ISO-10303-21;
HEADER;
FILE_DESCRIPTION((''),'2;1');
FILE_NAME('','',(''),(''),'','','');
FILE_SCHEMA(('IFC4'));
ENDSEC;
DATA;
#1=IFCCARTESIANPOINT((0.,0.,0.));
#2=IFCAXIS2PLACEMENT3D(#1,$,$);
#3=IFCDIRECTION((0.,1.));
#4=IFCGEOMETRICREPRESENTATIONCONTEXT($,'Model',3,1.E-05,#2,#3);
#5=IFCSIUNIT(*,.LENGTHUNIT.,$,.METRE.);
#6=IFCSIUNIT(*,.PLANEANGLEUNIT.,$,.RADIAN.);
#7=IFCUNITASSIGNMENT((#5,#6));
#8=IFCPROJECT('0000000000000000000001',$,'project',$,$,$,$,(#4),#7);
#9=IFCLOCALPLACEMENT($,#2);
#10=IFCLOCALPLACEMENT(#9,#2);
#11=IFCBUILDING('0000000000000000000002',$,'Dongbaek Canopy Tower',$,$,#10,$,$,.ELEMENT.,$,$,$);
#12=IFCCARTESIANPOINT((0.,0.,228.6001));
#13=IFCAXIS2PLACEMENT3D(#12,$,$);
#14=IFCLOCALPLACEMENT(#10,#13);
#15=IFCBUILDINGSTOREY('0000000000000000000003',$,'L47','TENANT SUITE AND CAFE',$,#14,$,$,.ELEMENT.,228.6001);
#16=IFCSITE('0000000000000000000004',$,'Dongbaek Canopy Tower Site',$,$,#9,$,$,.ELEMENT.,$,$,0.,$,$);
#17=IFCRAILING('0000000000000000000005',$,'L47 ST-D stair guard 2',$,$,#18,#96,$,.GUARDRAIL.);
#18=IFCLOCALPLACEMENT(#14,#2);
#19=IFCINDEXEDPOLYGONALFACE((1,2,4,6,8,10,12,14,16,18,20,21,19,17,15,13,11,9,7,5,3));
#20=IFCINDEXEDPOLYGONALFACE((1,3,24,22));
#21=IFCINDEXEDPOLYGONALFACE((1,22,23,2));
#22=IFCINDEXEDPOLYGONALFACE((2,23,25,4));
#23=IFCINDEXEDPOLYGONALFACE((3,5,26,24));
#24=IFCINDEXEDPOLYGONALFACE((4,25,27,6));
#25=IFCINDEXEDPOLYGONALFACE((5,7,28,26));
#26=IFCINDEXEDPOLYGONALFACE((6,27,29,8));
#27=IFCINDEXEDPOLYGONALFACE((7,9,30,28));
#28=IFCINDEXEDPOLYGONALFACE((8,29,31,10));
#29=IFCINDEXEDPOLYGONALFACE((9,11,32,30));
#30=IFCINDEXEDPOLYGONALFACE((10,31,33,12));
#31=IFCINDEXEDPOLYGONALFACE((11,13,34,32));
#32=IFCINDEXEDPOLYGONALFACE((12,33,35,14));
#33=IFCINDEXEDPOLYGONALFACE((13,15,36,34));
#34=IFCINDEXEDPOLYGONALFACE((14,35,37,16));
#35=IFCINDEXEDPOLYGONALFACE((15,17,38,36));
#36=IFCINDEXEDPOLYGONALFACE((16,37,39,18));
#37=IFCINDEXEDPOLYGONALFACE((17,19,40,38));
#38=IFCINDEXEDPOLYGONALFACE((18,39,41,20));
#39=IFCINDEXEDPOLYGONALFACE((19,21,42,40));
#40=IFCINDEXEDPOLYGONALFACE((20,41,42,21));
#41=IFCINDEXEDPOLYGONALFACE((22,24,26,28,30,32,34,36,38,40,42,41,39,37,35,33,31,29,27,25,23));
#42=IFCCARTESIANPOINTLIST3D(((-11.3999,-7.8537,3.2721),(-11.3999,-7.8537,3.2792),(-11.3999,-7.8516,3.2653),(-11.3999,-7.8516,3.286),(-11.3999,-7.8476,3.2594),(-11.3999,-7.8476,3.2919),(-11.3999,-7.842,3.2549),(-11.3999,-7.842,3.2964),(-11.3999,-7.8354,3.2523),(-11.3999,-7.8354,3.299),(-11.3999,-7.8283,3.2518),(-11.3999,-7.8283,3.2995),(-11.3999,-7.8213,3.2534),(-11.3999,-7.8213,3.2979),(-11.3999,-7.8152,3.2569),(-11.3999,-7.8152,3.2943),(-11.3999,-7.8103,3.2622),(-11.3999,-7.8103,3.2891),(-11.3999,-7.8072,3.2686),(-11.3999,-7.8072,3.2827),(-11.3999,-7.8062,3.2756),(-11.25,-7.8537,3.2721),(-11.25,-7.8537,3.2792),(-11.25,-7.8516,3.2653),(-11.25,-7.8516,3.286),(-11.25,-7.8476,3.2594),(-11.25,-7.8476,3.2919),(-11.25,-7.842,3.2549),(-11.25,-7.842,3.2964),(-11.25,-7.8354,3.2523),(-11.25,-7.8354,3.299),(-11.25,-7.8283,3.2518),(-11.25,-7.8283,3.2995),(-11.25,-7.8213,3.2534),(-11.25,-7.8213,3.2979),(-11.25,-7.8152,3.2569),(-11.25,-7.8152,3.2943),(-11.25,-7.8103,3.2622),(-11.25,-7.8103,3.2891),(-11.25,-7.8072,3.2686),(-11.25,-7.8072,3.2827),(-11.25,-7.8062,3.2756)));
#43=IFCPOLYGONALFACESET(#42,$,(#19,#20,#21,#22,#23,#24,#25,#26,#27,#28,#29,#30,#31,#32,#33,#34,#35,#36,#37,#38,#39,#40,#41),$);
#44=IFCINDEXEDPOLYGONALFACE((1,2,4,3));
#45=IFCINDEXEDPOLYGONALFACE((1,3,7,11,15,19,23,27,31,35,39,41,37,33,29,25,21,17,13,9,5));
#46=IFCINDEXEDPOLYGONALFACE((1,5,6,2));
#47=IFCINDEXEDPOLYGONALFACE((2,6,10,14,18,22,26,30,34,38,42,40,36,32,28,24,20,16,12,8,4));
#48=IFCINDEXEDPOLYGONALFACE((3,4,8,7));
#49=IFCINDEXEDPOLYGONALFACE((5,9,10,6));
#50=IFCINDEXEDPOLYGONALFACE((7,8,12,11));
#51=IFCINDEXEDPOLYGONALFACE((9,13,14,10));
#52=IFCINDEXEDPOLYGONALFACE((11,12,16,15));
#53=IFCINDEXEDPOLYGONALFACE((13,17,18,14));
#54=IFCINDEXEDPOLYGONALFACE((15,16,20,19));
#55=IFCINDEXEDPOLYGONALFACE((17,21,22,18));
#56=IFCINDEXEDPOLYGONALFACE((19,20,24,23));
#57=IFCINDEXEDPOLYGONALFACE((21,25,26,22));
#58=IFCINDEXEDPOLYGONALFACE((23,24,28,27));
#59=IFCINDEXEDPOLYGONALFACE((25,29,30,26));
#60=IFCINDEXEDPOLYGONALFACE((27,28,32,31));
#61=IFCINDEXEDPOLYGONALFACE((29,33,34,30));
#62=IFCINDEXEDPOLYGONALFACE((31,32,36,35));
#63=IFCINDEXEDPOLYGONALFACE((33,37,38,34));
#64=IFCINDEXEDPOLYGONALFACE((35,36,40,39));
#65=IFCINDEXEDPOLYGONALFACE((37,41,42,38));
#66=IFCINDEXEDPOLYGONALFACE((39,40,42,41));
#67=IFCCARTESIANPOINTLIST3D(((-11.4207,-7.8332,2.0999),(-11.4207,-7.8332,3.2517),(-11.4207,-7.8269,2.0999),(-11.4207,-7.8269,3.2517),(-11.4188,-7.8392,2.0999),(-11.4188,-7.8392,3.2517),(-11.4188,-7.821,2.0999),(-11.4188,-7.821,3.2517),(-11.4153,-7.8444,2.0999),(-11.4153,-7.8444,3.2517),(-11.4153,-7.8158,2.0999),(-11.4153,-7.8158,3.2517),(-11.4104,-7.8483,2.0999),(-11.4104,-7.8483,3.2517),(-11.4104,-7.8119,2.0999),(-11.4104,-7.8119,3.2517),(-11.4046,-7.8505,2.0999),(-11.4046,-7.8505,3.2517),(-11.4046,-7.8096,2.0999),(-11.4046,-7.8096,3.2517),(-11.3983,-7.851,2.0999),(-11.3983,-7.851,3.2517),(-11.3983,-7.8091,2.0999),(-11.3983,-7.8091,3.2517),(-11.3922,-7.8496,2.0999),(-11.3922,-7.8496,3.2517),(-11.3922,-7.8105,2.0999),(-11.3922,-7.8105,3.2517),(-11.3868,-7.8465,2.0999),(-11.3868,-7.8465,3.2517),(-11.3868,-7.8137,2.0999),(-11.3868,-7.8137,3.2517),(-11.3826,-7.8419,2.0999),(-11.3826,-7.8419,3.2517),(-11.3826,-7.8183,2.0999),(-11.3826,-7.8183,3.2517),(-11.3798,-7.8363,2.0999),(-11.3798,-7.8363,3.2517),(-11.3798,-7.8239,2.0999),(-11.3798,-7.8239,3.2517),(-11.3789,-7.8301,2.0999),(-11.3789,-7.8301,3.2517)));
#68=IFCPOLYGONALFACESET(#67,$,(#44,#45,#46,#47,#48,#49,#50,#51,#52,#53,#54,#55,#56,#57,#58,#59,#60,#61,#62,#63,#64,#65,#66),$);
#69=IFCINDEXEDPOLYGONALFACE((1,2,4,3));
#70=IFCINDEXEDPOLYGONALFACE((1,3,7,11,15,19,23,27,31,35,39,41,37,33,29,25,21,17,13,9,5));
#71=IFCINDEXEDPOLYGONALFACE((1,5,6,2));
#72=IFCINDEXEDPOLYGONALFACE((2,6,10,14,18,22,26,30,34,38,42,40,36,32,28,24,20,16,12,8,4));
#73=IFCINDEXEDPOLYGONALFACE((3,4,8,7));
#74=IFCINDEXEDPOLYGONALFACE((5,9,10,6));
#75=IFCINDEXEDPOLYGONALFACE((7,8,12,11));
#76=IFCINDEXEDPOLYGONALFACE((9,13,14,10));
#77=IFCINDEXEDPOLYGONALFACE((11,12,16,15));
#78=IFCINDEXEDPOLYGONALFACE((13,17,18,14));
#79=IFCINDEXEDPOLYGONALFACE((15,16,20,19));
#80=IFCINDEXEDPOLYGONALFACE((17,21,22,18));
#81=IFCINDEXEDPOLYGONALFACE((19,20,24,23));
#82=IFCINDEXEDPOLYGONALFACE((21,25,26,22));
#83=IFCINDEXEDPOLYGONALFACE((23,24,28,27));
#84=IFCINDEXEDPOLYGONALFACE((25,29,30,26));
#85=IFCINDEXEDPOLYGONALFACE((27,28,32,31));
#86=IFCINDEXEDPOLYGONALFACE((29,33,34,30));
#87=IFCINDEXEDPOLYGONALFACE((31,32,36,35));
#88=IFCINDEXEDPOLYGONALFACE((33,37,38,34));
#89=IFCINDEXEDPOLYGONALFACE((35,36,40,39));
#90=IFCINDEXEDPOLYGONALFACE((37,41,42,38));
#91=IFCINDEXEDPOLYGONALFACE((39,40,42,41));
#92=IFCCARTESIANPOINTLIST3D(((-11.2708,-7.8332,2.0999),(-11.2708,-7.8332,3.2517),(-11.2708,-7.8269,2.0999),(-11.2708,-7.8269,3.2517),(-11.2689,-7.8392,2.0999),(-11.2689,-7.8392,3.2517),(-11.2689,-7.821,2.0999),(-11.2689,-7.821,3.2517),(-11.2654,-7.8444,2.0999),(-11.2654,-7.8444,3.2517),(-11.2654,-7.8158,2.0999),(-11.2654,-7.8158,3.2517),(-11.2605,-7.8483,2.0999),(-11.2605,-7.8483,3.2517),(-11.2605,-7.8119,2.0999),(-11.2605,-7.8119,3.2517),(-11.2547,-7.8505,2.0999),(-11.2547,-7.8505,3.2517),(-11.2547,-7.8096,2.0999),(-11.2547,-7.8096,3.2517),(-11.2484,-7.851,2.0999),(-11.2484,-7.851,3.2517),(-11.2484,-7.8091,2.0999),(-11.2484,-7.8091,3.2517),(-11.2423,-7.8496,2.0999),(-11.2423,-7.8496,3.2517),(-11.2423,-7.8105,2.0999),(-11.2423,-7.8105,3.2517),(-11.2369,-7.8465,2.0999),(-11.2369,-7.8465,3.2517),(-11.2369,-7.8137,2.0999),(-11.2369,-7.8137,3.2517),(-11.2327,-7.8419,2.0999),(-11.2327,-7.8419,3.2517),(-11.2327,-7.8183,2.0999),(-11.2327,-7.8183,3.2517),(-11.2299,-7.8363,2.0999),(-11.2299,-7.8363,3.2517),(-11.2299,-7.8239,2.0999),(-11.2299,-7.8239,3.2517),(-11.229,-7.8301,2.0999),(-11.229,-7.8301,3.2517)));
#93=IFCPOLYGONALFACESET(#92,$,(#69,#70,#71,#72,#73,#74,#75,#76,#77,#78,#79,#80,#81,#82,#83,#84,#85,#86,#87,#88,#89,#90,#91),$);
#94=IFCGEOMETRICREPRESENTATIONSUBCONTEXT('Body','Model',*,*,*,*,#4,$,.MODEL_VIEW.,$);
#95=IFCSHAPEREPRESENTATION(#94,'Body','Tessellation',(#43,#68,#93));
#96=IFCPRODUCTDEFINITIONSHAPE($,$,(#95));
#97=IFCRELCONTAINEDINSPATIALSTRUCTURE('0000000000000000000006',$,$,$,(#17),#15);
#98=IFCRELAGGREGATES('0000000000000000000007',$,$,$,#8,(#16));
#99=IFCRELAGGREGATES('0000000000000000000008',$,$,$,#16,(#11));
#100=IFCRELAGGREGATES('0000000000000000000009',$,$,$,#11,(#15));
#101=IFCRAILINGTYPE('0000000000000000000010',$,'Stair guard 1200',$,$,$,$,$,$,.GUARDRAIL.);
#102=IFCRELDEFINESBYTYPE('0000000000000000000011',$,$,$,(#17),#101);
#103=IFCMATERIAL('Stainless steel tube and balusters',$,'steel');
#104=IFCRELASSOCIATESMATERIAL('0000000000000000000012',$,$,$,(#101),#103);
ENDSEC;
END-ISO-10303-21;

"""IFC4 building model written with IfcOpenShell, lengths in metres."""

from ifc_helpers import new_model, si_unit, direction, frame, origin, origin_2d, place, context, subcontext, project, spatial, circle, extrude, material, type_object, element, save


model = new_model("IFC4")

# Units and contexts
model_context = context("Model", 3, precision=1e-05, world=origin(), true_north=direction((0.0, 1.0)))
body_context = subcontext(model_context, "Body", "Model", "MODEL_VIEW")
ifc_project = project(units=[si_unit("LENGTHUNIT", "METRE"), si_unit("PLANEANGLEUNIT", "RADIAN")], contexts=[model_context])

# Site, building, storey
site_placement = place(None, origin())
site = spatial("IfcSite", under=ifc_project, at=site_placement, Name="Dongbaek Canopy Tower Site", CompositionType="ELEMENT", RefElevation=0.0)
building_placement = place(site_placement, origin())
building = spatial("IfcBuilding", under=site, at=building_placement, Name="Dongbaek Canopy Tower", CompositionType="ELEMENT")
storey_placement = place(building_placement, frame((0.0, 0.0, 228.6001)))
storey = spatial("IfcBuildingStorey", under=building, at=storey_placement, Name="L47", Description="TENANT SUITE AND CAFE", CompositionType="ELEMENT", Elevation=228.6001)

# Railing
ifc_material_1 = material(Name="Stainless steel tube and balusters", Category="steel")
railing_type_1 = type_object("IfcRailingType", Name="Stair guard 1200", PredefinedType="GUARDRAIL", material=ifc_material_1)
railing_1_placement = place(storey_placement, frame((-11.3999, -7.8301, 2.0999)))
element("IfcRailing", 1, at=railing_1_placement, inside=storey, type_object=railing_type_1, Name="L47 ST-D stair guard 2", PredefinedType="GUARDRAIL", context=body_context, shape_type="SweptSolid", body=[
    extrude(circle(Radius=0.0239, at=origin_2d()), frame((0.0, 0.0, 1.1758), z_axis=(1.0, 0.0, 0.0), x_axis=(0.0, 1.0, 0.0)), (0.0, 0.0, 1.0), 0.1499),
    extrude(circle(Radius=0.021, at=origin_2d()), origin(), (0.0, 0.0, 1.0), 1.1519),
    extrude(circle(Radius=0.021, at=origin_2d()), frame((0.1499, 0.0, 0.0)), (0.0, 0.0, 1.0), 1.1519),
])

save(model, "model.ifc")
